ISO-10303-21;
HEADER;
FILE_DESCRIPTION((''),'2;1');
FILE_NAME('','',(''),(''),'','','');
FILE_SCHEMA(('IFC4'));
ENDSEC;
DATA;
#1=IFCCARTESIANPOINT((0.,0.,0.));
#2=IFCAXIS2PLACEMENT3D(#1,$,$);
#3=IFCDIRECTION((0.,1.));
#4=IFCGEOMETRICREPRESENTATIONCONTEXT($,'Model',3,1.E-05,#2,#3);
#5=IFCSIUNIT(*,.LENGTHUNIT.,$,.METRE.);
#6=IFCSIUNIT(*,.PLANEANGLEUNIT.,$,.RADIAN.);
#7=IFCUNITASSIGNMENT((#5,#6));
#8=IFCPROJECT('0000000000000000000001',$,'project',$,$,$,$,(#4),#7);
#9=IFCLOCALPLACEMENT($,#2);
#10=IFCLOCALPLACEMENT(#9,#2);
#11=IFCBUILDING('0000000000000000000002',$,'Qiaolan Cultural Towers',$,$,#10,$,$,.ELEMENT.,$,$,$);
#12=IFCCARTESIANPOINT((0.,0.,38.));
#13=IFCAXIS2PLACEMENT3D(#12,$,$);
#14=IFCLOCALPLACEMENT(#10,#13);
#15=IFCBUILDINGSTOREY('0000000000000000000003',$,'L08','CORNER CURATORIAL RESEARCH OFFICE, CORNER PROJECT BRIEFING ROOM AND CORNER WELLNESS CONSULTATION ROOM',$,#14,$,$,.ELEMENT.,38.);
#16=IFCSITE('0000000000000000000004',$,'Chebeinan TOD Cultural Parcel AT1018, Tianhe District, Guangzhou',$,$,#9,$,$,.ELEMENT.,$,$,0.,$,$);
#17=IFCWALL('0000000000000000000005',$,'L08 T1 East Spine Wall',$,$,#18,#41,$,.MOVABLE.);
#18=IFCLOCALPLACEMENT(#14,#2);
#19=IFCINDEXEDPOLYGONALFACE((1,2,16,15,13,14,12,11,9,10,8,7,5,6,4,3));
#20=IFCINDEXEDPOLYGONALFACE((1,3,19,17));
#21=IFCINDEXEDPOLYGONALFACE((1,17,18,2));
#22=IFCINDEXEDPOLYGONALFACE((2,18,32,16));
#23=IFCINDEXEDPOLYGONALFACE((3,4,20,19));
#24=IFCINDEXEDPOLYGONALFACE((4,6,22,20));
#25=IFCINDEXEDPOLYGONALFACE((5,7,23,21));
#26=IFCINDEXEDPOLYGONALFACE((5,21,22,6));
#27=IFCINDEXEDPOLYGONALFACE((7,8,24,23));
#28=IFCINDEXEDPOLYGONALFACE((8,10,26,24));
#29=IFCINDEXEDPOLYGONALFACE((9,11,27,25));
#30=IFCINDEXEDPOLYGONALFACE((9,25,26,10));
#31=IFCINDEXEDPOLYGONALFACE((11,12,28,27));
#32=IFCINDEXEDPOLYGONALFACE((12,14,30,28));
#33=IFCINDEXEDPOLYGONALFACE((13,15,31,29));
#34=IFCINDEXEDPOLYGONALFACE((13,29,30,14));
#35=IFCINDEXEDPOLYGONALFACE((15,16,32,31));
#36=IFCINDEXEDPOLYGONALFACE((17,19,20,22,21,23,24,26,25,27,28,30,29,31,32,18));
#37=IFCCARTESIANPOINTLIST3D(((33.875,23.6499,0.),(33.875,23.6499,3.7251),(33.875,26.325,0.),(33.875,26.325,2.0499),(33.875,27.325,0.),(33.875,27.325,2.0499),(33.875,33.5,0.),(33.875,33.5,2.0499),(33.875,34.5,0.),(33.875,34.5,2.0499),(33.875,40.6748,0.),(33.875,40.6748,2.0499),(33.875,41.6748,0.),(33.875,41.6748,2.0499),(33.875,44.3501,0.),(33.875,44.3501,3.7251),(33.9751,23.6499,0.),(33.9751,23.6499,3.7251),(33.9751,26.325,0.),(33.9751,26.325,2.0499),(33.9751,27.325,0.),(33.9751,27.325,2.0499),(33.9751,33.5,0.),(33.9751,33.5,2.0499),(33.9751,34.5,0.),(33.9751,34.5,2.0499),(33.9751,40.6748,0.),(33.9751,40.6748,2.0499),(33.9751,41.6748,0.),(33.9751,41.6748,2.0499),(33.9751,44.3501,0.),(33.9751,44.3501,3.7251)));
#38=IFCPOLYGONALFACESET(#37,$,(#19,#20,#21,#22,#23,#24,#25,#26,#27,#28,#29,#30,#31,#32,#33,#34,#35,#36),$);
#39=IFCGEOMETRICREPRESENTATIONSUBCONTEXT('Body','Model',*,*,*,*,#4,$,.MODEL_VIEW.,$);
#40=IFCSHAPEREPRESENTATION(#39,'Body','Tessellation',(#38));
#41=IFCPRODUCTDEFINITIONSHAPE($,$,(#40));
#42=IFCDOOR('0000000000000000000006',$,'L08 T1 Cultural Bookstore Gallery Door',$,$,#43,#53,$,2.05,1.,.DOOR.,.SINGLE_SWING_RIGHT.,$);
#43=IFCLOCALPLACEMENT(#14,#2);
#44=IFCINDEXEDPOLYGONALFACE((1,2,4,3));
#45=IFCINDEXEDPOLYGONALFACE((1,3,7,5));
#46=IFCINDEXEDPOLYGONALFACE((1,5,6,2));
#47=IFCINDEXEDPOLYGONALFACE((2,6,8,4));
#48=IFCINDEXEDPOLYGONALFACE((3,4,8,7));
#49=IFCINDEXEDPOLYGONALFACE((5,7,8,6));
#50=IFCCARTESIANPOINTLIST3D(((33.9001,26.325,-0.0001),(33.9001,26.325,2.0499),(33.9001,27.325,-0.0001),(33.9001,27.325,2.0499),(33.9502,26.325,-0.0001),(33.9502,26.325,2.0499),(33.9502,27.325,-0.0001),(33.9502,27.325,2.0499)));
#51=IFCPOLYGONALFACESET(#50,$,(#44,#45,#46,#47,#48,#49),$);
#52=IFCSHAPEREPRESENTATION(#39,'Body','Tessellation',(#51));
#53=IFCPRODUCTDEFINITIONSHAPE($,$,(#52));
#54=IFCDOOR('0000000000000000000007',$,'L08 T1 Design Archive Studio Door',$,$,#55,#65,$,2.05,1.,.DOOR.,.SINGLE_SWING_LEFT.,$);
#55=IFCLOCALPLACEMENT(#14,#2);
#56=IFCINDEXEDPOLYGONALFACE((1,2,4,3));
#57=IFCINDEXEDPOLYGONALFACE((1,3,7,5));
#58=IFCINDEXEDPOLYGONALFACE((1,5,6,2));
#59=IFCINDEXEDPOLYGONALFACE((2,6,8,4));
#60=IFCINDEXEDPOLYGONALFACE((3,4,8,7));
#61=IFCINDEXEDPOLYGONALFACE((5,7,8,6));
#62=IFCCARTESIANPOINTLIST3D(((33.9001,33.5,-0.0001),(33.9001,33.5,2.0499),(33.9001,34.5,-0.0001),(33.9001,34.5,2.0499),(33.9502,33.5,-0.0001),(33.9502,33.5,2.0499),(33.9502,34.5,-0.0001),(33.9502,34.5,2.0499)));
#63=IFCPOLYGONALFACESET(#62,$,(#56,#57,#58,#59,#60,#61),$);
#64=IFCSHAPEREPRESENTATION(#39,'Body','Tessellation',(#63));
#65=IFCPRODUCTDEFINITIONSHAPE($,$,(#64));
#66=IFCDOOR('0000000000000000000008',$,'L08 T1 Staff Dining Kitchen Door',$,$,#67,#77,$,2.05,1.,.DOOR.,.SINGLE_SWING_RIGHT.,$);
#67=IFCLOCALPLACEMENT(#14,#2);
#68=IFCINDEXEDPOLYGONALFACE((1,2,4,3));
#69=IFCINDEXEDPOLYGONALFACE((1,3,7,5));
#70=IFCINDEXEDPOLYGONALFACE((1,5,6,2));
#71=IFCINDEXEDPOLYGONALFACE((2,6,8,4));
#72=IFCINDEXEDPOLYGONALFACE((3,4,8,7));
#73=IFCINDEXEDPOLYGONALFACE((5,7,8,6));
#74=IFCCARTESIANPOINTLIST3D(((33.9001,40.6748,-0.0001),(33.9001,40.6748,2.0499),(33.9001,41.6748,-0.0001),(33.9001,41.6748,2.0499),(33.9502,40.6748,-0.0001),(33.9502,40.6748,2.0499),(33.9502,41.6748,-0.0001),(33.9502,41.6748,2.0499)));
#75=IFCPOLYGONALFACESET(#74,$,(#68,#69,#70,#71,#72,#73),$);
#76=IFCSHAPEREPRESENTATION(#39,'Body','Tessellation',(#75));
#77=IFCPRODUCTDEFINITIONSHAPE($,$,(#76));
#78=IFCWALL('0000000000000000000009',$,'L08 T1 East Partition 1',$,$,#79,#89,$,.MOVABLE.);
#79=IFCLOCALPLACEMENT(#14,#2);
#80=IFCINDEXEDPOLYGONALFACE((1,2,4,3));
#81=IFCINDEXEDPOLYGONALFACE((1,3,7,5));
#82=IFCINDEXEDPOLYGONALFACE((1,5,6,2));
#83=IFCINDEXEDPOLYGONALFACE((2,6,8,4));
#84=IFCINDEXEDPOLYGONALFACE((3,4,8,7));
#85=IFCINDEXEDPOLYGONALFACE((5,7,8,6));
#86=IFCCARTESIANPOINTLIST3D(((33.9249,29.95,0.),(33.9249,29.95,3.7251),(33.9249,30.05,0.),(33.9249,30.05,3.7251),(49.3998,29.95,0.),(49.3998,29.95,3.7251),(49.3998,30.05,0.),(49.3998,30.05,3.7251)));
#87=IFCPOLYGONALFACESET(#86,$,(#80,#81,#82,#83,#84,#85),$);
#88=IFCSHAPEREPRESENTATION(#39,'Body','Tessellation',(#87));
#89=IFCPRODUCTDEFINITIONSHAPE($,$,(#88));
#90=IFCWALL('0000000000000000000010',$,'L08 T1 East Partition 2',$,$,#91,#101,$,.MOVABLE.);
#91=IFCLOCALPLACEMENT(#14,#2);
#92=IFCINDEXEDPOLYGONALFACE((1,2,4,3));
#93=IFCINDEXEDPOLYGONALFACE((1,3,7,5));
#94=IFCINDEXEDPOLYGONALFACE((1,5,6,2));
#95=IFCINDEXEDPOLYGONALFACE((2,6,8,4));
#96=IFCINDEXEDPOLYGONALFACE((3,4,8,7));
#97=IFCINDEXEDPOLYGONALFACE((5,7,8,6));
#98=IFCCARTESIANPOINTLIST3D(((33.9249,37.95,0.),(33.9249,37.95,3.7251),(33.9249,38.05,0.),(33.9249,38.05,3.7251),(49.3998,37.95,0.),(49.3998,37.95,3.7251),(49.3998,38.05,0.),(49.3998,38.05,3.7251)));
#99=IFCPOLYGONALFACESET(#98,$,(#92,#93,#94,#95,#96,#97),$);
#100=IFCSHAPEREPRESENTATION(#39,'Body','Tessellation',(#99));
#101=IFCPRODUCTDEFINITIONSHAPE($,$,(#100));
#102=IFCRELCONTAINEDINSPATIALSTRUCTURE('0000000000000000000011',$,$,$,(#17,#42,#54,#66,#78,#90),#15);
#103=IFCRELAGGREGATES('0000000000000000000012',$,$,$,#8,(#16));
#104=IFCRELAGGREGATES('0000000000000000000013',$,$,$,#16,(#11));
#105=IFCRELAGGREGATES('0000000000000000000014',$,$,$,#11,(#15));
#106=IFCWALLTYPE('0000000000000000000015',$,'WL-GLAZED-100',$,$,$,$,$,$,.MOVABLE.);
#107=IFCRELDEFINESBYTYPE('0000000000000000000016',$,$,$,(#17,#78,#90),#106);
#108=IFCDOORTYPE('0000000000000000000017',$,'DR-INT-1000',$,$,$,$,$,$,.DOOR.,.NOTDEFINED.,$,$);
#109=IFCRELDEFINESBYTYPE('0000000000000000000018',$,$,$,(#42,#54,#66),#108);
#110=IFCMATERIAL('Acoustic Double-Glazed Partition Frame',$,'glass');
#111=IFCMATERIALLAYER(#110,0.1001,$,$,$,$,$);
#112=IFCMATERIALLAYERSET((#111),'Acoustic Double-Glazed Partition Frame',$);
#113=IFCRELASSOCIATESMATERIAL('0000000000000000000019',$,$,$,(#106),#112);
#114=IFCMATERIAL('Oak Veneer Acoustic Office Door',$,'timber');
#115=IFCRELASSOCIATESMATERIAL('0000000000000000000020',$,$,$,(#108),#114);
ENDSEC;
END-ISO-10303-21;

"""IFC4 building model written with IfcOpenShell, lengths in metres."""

from ifc_helpers import new_model, si_unit, direction, frame, frame_2d, origin, place, context, subcontext, project, spatial, rectangle, extrude, material, layer, layer_set, type_object, element, fill, save


model = new_model("IFC4")

# Units and contexts
model_context = context("Model", 3, precision=1e-05, world=origin(), true_north=direction((0.0, 1.0)))
body_context = subcontext(model_context, "Body", "Model", "MODEL_VIEW")
ifc_project = project(units=[si_unit("LENGTHUNIT", "METRE"), si_unit("PLANEANGLEUNIT", "RADIAN")], contexts=[model_context])

# Site, building, storey
site_placement = place(None, origin())
site = spatial("IfcSite", under=ifc_project, at=site_placement, Name="Chebeinan TOD Cultural Parcel AT1018, Tianhe District, Guangzhou", CompositionType="ELEMENT", RefElevation=0.0)
building_placement = place(site_placement, origin())
building = spatial("IfcBuilding", under=site, at=building_placement, Name="Qiaolan Cultural Towers", CompositionType="ELEMENT")
storey_placement = place(building_placement, frame((0.0, 0.0, 38.0)))
storey = spatial("IfcBuildingStorey", under=building, at=storey_placement, Name="L08", Description="CORNER CURATORIAL RESEARCH OFFICE, CORNER PROJECT BRIEFING ROOM AND CORNER WELLNESS CONSULTATION ROOM", CompositionType="ELEMENT", Elevation=38.0)

# Shared definitions
ifc_material_1 = material(Name="Acoustic Double-Glazed Partition Frame", Category="glass")
ifc_layer_1 = layer(ifc_material_1, 0.1001)
ifc_layer_set_1 = layer_set([ifc_layer_1], Name="Acoustic Double-Glazed Partition Frame")
wall_type_1 = type_object("IfcWallType", Name="WL-GLAZED-100", PredefinedType="MOVABLE", material=ifc_layer_set_1)

# Wall, openings, doors
ifc_material_2 = material(Name="Oak Veneer Acoustic Office Door", Category="timber")
door_type_1 = type_object("IfcDoorType", Name="DR-INT-1000", OperationType="NOTDEFINED", PredefinedType="DOOR", material=ifc_material_2)
wall_1_placement = place(storey_placement, frame((33.925, 23.6499, 0.0), z_axis=(0.0, 0.0, 1.0), x_axis=(0.0, 1.0, 0.0)))
wall_1 = element("IfcWall", 1, at=wall_1_placement, inside=storey, type_object=wall_type_1, Name="L08 T1 East Spine Wall", PredefinedType="MOVABLE", context=body_context, shape_type="SweptSolid", body=[
    extrude(rectangle(XDim=20.7002, YDim=0.1001, at=frame_2d((10.3501, 0.0))), origin(), (0.0, 0.0, 1.0), 3.7251),
])
opening_1_placement = place(wall_1_placement, frame((2.675, 0.0, 0.0)))
opening_1 = element("IfcOpeningElement", 2, at=opening_1_placement, cuts=wall_1, PredefinedType="OPENING", context=body_context, shape_type="SweptSolid", body=[
    extrude(rectangle(XDim=1.0, YDim=2.05, at=frame_2d((0.5, 1.0249))), frame((0.0, 0.0601, 0.0), z_axis=(0.0, -1.0, 0.0), x_axis=(1.0, 0.0, 0.0)), (0.0, 0.0, 1.0), 0.1201),
])
opening_2_placement = place(wall_1_placement, frame((9.8501, 0.0, 0.0)))
opening_2 = element("IfcOpeningElement", 3, at=opening_2_placement, cuts=wall_1, PredefinedType="OPENING", context=body_context, shape_type="SweptSolid", body=[
    extrude(rectangle(XDim=1.0, YDim=2.05, at=frame_2d((0.5, 1.0249))), frame((0.0, 0.0601, 0.0), z_axis=(0.0, -1.0, 0.0), x_axis=(1.0, 0.0, 0.0)), (0.0, 0.0, 1.0), 0.1201),
])
opening_3_placement = place(wall_1_placement, frame((17.0249, 0.0, 0.0)))
opening_3 = element("IfcOpeningElement", 4, at=opening_3_placement, cuts=wall_1, PredefinedType="OPENING", context=body_context, shape_type="SweptSolid", body=[
    extrude(rectangle(XDim=1.0, YDim=2.05, at=frame_2d((0.5, 1.0249))), frame((0.0, 0.0601, 0.0), z_axis=(0.0, -1.0, 0.0), x_axis=(1.0, 0.0, 0.0)), (0.0, 0.0, 1.0), 0.1201),
])
door_1_placement = place(opening_1_placement, origin())
door_1 = element("IfcDoor", 5, at=door_1_placement, inside=storey, type_object=door_type_1, Name="L08 T1 Cultural Bookstore Gallery Door", OperationType="SINGLE_SWING_RIGHT", OverallHeight=2.05, OverallWidth=1.0, PredefinedType="DOOR", context=body_context, shape_type="SweptSolid", body=[
    extrude(rectangle(XDim=1.0, YDim=2.05, at=frame_2d((0.5, 1.0249))), frame((0.0, 0.0249, 0.0), z_axis=(0.0, -1.0, 0.0), x_axis=(1.0, 0.0, 0.0)), (0.0, 0.0, 1.0), 0.05),
])
fill(opening_1, door_1)
door_2_placement = place(opening_2_placement, origin())
door_2 = element("IfcDoor", 6, at=door_2_placement, inside=storey, type_object=door_type_1, Name="L08 T1 Design Archive Studio Door", OperationType="SINGLE_SWING_LEFT", OverallHeight=2.05, OverallWidth=1.0, PredefinedType="DOOR", context=body_context, shape_type="SweptSolid", body=[
    extrude(rectangle(XDim=1.0, YDim=2.05, at=frame_2d((0.5, 1.0249))), frame((0.0, 0.0249, 0.0), z_axis=(0.0, -1.0, 0.0), x_axis=(1.0, 0.0, 0.0)), (0.0, 0.0, 1.0), 0.05),
])
fill(opening_2, door_2)
door_3_placement = place(opening_3_placement, origin())
door_3 = element("IfcDoor", 7, at=door_3_placement, inside=storey, type_object=door_type_1, Name="L08 T1 Staff Dining Kitchen Door", OperationType="SINGLE_SWING_RIGHT", OverallHeight=2.05, OverallWidth=1.0, PredefinedType="DOOR", context=body_context, shape_type="SweptSolid", body=[
    extrude(rectangle(XDim=1.0, YDim=2.05, at=frame_2d((0.5, 1.0249))), frame((0.0, 0.0249, 0.0), z_axis=(0.0, -1.0, 0.0), x_axis=(1.0, 0.0, 0.0)), (0.0, 0.0, 1.0), 0.05),
])
fill(opening_3, door_3)

# Walls
for number, where, z_axis, x_axis, name in (
    (8, (33.925, 30.0, 0.0), (0.0, 0.0, 1.0), (1.0, 0.0, 0.0), "L08 T1 East Partition 1"),
    (9, (33.925, 38.0, 0.0), (0.0, 0.0, 1.0), (1.0, 0.0, 0.0), "L08 T1 East Partition 2"),
):
    element("IfcWall", number, at=place(storey_placement, frame(where, z_axis=z_axis, x_axis=x_axis)), inside=storey, type_object=wall_type_1, Name=name, PredefinedType="MOVABLE", context=body_context, shape_type="SweptSolid", body=[
        extrude(rectangle(XDim=15.4749, YDim=0.1001, at=frame_2d((7.7373, 0.0))), origin(), (0.0, 0.0, 1.0), 3.7251),
    ])

save(model, "model.ifc")
